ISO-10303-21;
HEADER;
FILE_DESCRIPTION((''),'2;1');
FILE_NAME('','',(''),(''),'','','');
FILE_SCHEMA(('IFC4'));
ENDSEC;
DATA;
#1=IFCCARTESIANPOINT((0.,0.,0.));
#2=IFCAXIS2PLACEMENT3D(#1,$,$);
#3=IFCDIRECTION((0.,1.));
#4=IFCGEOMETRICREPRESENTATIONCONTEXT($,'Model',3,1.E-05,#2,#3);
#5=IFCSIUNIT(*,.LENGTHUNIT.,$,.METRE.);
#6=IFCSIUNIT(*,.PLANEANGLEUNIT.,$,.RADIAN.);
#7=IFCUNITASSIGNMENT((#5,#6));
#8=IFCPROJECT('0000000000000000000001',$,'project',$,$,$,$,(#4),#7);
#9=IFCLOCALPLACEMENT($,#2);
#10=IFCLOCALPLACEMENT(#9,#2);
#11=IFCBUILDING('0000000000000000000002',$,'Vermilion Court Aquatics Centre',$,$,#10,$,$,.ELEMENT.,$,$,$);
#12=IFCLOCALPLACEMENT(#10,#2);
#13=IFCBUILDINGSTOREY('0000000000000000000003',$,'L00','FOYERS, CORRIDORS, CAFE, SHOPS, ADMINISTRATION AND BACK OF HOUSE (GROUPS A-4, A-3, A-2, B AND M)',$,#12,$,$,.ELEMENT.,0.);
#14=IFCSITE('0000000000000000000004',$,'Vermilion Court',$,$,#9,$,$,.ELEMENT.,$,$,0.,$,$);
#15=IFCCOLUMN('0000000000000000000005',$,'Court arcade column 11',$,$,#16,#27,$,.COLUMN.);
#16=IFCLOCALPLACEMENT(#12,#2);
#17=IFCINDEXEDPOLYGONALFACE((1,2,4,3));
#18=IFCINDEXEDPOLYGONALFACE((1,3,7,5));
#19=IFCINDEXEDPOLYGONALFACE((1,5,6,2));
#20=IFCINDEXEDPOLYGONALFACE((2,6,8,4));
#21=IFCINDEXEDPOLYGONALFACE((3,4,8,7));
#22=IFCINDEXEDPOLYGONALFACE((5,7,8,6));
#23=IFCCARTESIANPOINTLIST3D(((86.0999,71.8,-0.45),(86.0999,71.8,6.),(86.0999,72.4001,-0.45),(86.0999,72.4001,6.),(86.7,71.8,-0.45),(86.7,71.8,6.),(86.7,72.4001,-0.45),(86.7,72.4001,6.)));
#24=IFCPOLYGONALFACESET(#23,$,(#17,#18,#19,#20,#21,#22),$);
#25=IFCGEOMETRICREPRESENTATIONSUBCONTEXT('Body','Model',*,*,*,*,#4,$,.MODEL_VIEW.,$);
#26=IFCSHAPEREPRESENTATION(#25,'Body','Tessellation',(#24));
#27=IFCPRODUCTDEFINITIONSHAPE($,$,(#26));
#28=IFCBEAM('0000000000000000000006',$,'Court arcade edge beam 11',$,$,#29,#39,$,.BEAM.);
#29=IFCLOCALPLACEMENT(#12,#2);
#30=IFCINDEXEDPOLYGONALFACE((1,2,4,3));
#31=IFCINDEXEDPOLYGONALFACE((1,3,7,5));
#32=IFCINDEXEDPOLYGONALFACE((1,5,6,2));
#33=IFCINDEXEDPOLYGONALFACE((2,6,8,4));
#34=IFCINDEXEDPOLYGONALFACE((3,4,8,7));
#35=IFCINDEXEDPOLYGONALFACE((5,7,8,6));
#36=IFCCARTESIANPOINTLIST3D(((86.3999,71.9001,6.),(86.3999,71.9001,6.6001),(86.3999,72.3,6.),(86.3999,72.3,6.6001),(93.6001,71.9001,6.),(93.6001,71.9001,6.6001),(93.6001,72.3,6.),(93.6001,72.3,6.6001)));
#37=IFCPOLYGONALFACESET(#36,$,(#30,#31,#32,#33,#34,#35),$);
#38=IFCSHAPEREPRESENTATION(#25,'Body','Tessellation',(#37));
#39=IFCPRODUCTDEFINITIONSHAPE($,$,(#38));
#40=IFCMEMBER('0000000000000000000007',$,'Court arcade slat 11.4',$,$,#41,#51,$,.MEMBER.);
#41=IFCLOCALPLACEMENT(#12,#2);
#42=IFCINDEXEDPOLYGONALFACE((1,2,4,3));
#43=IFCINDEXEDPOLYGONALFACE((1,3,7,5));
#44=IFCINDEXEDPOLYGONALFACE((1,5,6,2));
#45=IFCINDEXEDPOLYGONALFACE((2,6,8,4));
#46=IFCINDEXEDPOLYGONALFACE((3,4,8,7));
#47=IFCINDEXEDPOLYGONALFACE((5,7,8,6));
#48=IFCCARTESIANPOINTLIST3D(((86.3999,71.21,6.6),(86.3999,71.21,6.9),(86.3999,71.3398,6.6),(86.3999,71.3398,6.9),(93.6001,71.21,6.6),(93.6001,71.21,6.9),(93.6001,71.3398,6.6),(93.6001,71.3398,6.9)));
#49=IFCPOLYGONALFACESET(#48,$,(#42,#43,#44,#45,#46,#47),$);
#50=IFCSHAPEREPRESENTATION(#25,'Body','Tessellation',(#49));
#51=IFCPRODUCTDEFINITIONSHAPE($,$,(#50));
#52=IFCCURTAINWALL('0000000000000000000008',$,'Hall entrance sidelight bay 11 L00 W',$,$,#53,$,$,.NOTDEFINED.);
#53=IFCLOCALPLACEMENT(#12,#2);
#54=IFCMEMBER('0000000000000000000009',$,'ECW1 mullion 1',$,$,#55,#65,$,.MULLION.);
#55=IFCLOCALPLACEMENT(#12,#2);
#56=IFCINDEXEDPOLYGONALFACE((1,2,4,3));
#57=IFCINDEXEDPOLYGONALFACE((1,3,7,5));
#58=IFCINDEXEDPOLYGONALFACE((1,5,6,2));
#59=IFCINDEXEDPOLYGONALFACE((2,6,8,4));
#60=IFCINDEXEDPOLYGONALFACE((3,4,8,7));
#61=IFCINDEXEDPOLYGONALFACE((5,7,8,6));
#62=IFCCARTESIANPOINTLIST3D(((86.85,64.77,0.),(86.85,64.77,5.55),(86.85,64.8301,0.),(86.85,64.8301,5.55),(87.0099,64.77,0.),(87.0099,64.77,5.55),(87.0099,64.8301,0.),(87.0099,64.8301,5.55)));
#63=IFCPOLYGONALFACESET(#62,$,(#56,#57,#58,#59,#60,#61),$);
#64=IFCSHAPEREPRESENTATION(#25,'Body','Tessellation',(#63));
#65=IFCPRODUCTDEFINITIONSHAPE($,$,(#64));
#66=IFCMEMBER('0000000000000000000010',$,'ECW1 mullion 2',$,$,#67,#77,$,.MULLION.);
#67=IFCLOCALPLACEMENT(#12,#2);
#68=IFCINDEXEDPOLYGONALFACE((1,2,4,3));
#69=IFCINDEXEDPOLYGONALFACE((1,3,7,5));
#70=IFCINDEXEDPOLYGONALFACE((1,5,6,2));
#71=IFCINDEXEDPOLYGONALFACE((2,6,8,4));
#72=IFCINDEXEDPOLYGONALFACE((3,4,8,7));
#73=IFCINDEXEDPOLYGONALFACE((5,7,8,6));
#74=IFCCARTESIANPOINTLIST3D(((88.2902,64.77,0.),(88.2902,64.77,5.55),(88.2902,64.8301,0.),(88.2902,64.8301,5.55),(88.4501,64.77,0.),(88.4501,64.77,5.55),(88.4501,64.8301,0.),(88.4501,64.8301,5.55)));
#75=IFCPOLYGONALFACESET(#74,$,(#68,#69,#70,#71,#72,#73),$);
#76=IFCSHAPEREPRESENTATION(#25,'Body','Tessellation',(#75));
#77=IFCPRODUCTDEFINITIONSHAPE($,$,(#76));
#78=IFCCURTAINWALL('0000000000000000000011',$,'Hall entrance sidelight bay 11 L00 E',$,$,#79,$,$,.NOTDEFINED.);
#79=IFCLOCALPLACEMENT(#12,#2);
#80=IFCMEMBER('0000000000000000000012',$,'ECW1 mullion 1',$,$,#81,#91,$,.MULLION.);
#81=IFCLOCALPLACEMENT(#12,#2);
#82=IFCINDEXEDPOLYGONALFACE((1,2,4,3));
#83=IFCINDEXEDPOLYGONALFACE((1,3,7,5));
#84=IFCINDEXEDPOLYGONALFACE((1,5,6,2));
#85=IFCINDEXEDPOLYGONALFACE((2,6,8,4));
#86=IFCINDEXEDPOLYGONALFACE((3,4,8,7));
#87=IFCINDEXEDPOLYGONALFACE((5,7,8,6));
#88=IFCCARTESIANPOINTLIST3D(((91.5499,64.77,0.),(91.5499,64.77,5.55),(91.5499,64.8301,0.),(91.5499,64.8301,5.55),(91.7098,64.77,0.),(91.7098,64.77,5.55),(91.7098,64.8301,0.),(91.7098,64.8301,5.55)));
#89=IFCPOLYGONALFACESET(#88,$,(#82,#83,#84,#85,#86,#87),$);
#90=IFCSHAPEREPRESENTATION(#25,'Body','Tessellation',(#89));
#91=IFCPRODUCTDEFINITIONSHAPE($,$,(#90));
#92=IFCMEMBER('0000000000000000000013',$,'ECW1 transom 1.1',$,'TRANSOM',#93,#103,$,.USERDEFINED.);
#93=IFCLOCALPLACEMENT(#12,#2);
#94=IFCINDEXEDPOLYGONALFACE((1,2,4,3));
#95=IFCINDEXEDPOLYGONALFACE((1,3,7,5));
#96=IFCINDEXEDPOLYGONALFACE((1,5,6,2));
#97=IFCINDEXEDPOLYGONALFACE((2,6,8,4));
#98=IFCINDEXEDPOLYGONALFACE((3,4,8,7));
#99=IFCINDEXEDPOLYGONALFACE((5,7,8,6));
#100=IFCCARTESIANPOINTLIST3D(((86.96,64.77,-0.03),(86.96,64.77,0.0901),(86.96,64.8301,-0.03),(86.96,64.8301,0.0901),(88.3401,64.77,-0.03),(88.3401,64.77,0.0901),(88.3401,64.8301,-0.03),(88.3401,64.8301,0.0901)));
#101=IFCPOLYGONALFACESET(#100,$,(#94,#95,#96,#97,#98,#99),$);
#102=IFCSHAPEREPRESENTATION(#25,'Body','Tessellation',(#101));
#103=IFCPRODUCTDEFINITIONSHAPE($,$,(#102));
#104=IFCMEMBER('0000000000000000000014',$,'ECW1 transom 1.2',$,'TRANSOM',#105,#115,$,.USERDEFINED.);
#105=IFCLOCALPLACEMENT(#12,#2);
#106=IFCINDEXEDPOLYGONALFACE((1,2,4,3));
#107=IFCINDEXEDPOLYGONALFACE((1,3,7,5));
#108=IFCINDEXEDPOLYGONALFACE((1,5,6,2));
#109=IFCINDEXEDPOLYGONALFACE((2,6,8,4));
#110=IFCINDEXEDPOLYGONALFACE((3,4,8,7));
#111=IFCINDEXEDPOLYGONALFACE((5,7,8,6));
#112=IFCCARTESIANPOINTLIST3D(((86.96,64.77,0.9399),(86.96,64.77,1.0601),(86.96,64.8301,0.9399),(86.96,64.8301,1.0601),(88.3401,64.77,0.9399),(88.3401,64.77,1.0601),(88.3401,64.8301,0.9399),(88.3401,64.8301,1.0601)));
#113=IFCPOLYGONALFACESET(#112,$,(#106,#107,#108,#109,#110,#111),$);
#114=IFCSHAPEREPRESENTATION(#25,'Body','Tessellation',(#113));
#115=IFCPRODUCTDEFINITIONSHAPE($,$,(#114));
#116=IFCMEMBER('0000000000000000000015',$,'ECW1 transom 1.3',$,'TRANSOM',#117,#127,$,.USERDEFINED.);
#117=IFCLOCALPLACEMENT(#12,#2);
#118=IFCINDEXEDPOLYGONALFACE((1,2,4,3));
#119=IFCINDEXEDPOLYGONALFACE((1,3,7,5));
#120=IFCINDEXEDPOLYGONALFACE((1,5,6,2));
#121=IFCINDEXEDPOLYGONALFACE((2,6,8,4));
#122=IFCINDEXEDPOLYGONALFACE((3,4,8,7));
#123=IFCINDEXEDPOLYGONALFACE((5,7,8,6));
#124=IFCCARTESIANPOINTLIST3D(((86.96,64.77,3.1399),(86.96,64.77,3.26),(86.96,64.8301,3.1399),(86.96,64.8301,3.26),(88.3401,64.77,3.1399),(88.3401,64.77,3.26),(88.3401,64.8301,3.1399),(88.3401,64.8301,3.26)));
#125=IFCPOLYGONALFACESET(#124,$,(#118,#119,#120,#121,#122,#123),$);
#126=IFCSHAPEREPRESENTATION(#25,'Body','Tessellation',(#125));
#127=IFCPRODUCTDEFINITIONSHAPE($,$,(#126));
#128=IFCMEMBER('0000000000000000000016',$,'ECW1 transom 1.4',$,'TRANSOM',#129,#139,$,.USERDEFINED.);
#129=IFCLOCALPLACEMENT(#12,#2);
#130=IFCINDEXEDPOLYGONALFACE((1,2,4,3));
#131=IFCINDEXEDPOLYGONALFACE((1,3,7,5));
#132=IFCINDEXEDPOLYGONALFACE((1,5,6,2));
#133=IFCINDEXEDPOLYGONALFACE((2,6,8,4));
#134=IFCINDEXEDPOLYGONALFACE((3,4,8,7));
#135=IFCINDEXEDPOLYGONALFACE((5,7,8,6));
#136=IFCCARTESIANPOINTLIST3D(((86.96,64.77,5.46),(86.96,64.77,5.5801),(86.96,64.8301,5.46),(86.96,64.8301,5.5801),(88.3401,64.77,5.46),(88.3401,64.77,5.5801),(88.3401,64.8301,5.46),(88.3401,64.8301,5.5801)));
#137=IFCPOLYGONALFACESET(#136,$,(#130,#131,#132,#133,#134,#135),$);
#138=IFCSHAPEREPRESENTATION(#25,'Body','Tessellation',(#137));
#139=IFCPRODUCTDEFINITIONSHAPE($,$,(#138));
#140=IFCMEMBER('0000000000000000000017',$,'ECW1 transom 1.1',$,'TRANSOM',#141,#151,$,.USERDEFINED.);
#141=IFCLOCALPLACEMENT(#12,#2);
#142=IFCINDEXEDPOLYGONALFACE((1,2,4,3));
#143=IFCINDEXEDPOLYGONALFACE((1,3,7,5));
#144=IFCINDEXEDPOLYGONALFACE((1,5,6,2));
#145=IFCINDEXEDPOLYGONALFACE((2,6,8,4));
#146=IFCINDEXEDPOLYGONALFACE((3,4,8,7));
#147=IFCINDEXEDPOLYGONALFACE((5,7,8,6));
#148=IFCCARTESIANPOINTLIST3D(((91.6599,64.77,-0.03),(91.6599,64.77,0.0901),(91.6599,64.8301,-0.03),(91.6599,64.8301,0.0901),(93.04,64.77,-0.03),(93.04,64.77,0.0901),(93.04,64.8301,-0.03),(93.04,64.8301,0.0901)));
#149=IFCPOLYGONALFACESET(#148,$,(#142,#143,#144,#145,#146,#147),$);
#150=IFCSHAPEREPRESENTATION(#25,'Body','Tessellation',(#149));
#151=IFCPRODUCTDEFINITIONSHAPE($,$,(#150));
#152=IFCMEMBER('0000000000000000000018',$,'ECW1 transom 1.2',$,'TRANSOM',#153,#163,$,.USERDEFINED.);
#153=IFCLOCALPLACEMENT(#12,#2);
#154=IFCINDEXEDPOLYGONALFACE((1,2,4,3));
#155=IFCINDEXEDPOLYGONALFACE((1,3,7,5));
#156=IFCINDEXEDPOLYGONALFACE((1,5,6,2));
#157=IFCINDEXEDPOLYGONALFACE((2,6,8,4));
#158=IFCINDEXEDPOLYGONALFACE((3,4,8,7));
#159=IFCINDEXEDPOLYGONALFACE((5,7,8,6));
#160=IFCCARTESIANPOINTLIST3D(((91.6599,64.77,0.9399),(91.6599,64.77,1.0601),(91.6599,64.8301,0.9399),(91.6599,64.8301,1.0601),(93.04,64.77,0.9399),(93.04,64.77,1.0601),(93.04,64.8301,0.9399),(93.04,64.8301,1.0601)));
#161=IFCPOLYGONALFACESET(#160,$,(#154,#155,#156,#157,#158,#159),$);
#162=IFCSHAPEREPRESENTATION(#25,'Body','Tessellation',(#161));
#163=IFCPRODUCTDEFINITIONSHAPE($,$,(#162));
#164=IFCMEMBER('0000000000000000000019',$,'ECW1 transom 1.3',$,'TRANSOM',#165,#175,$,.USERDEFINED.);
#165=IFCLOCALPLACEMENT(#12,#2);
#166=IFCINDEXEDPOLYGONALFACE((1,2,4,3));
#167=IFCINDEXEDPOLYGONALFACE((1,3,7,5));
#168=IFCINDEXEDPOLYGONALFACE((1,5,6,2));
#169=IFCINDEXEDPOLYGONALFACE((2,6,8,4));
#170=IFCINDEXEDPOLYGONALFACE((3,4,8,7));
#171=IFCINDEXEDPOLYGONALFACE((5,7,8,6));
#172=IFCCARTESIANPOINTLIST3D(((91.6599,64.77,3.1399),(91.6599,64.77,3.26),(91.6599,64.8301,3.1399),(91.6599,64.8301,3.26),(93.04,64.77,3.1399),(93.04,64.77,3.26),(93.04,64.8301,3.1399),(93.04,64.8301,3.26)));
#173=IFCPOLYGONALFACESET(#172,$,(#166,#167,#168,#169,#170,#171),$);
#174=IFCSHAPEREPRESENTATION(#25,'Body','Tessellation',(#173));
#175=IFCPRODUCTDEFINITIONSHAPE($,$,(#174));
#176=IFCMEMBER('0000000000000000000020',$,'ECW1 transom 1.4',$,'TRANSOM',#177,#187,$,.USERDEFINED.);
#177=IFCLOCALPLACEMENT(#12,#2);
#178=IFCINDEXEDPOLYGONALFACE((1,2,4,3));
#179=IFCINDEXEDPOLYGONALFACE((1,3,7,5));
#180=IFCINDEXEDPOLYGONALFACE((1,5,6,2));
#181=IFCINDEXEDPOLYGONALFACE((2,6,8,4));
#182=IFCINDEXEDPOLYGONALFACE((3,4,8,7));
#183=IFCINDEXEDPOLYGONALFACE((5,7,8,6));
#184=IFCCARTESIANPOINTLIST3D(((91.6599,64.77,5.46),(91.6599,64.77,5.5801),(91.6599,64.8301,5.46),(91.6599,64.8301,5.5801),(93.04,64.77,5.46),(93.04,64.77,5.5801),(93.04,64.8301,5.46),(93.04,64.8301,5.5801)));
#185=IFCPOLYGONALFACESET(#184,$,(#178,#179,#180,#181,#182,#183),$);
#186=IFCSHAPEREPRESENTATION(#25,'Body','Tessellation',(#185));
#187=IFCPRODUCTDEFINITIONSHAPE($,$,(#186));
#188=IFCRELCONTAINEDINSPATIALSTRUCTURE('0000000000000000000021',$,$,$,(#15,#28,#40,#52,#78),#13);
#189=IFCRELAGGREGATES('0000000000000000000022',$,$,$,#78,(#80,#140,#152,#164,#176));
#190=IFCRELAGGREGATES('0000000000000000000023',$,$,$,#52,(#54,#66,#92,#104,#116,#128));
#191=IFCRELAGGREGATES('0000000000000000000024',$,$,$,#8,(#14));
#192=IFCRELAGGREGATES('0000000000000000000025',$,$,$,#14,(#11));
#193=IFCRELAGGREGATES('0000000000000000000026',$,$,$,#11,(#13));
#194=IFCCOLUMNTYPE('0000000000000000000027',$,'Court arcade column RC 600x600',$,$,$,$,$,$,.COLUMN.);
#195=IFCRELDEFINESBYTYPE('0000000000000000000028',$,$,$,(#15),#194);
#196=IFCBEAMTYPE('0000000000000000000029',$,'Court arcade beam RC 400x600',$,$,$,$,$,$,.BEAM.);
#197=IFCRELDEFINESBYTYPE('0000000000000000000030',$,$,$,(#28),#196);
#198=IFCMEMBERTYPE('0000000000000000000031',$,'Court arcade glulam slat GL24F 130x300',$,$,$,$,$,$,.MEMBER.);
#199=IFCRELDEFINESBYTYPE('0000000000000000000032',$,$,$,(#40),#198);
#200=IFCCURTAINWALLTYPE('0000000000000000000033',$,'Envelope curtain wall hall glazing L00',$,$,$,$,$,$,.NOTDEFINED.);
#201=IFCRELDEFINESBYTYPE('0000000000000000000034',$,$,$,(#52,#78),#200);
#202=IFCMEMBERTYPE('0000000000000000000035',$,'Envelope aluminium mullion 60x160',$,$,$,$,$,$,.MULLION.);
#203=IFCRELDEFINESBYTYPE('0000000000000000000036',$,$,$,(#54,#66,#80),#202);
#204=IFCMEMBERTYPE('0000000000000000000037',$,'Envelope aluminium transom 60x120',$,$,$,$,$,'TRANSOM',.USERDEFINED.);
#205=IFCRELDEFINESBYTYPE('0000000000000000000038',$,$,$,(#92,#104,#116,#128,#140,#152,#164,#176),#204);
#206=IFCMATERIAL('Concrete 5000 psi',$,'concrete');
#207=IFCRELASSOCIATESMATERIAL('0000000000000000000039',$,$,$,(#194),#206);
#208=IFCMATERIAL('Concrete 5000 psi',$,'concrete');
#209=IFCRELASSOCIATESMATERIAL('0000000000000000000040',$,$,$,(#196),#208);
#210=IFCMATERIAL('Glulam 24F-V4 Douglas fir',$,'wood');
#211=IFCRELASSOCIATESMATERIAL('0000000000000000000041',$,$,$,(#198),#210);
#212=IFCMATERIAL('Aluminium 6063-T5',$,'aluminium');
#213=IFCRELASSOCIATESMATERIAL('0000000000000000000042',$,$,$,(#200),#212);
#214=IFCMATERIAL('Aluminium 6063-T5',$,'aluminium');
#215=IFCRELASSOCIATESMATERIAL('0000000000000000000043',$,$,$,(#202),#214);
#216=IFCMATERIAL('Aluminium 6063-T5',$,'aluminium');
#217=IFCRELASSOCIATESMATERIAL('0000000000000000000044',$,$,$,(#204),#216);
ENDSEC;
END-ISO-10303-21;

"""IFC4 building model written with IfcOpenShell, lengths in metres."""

from ifc_helpers import new_model, si_unit, direction, frame, origin, origin_2d, place, context, subcontext, project, spatial, rectangle, extrude, material, material_profile, profile_set, type_object, element, aggregate, save


model = new_model("IFC4")

# Units and contexts
model_context = context("Model", 3, precision=1e-05, world=origin(), true_north=direction((0.0, 1.0)))
body_context = subcontext(model_context, "Body", "Model", "MODEL_VIEW")
ifc_project = project(units=[si_unit("LENGTHUNIT", "METRE"), si_unit("PLANEANGLEUNIT", "RADIAN")], contexts=[model_context])

# Site, building, storey
site_placement = place(None, origin())
site = spatial("IfcSite", under=ifc_project, at=site_placement, Name="Vermilion Court", CompositionType="ELEMENT", RefElevation=0.0)
building_placement = place(site_placement, origin())
building = spatial("IfcBuilding", under=site, at=building_placement, Name="Vermilion Court Aquatics Centre", CompositionType="ELEMENT")
storey_placement = place(building_placement, origin())
storey = spatial("IfcBuildingStorey", under=building, at=storey_placement, Name="L00", Description="FOYERS, CORRIDORS, CAFE, SHOPS, ADMINISTRATION AND BACK OF HOUSE (GROUPS A-4, A-3, A-2, B AND M)", CompositionType="ELEMENT", Elevation=0.0)

# Column
ifc_material_1 = material(Name="Concrete 5000 psi", Category="concrete")
ifc_material_profile_1 = material_profile(ifc_material_1, rectangle(XDim=0.6001, YDim=0.6001, at=origin_2d()), Name="RC 600x600")
ifc_profile_set_1 = profile_set([ifc_material_profile_1], Name="Concrete 5000 psi")
column_type = type_object("IfcColumnType", Name="Court arcade column RC 600x600", PredefinedType="COLUMN", material=ifc_profile_set_1)
column_placement = place(storey_placement, frame((86.3999, 72.1001, -0.45), z_axis=(0.0, 0.0, 1.0), x_axis=(1.0, 0.0, 0.0)))
element("IfcColumn", 1, at=column_placement, inside=storey, type_object=column_type, Name="Court arcade column 11", PredefinedType="COLUMN", context=body_context, shape_type="SweptSolid", body=[
    extrude(rectangle(XDim=0.6001, YDim=0.6001, at=origin_2d()), origin(), (0.0, 0.0, 1.0), 6.45),
])

# Beam
ifc_material_2 = material(Name="Concrete 5000 psi", Category="concrete")
ifc_material_profile_2 = material_profile(ifc_material_2, rectangle(XDim=0.3999, YDim=0.6001, at=origin_2d()), Name="RC 400x600")
ifc_profile_set_2 = profile_set([ifc_material_profile_2], Name="Concrete 5000 psi")
beam_type_1 = type_object("IfcBeamType", Name="Court arcade beam RC 400x600", PredefinedType="BEAM", material=ifc_profile_set_2)
beam_1_placement = place(storey_placement, frame((86.3999, 72.1001, 6.3), z_axis=(1.0, 0.0, 0.0), x_axis=(0.0, 1.0, 0.0)))
element("IfcBeam", 2, at=beam_1_placement, inside=storey, type_object=beam_type_1, Name="Court arcade edge beam 11", PredefinedType="BEAM", context=body_context, shape_type="SweptSolid", body=[
    extrude(rectangle(XDim=0.3999, YDim=0.6001, at=origin_2d()), origin(), (0.0, 0.0, 1.0), 7.2002),
])

# Member
ifc_material_3 = material(Name="Glulam 24F-V4 Douglas fir", Category="wood")
ifc_material_profile_3 = material_profile(ifc_material_3, rectangle(XDim=0.1299, YDim=0.3, at=origin_2d()), Name="GL24F 130x300")
ifc_profile_set_3 = profile_set([ifc_material_profile_3], Name="Glulam 24F-V4 Douglas fir")
member_type_1 = type_object("IfcMemberType", Name="Court arcade glulam slat GL24F 130x300", PredefinedType="MEMBER", material=ifc_profile_set_3)
member_1_placement = place(storey_placement, frame((86.3999, 71.2749, 6.75), z_axis=(1.0, 0.0, 0.0), x_axis=(0.0, 1.0, 0.0)))
element("IfcMember", 3, at=member_1_placement, inside=storey, type_object=member_type_1, Name="Court arcade slat 11.4", PredefinedType="MEMBER", context=body_context, shape_type="SweptSolid", body=[
    extrude(rectangle(XDim=0.1299, YDim=0.3, at=origin_2d()), origin(), (0.0, 0.0, 1.0), 7.2002),
])

# Curtain wall, members
ifc_material_4 = material(Name="Aluminium 6063-T5", Category="aluminium")
curtain_wall_type = type_object("IfcCurtainWallType", Name="Envelope curtain wall hall glazing L00", PredefinedType="NOTDEFINED", material=ifc_material_4)
curtain_wall_1_placement = place(storey_placement, origin())
curtain_wall_1 = element("IfcCurtainWall", 4, at=curtain_wall_1_placement, inside=storey, type_object=curtain_wall_type, Name="Hall entrance sidelight bay 11 L00 W", PredefinedType="NOTDEFINED")
ifc_material_5 = material(Name="Aluminium 6063-T5", Category="aluminium")
ifc_material_profile_4 = material_profile(ifc_material_5, rectangle(XDim=0.0601, YDim=0.1599, at=origin_2d()), Name="AL 60x160")
ifc_profile_set_4 = profile_set([ifc_material_profile_4], Name="Aluminium 6063-T5")
member_type_2 = type_object("IfcMemberType", Name="Envelope aluminium mullion 60x160", PredefinedType="MULLION", material=ifc_profile_set_4)
member_2_placement = place(storey_placement, frame((86.9299, 64.8, 0.0), z_axis=(0.0, 0.0, 1.0), x_axis=(0.0, 1.0, 0.0)))
member_2 = element("IfcMember", 5, at=member_2_placement, type_object=member_type_2, Name="ECW1 mullion 1", PredefinedType="MULLION", context=body_context, shape_type="SweptSolid", body=[
    extrude(rectangle(XDim=0.0601, YDim=0.1599, at=origin_2d()), origin(), (0.0, 0.0, 1.0), 5.55),
])
member_3_placement = place(storey_placement, frame((88.3701, 64.8, 0.0), z_axis=(0.0, 0.0, 1.0), x_axis=(0.0, 1.0, 0.0)))
member_3 = element("IfcMember", 6, at=member_3_placement, type_object=member_type_2, Name="ECW1 mullion 2", PredefinedType="MULLION", context=body_context, shape_type="SweptSolid", body=[
    extrude(rectangle(XDim=0.0601, YDim=0.1599, at=origin_2d()), origin(), (0.0, 0.0, 1.0), 5.55),
])

# Curtain wall, member
curtain_wall_2_placement = place(storey_placement, origin())
curtain_wall_2 = element("IfcCurtainWall", 7, at=curtain_wall_2_placement, inside=storey, type_object=curtain_wall_type, Name="Hall entrance sidelight bay 11 L00 E", PredefinedType="NOTDEFINED")
member_4_placement = place(storey_placement, frame((91.6299, 64.8, 0.0), z_axis=(0.0, 0.0, 1.0), x_axis=(0.0, 1.0, 0.0)))
member_4 = element("IfcMember", 8, at=member_4_placement, type_object=member_type_2, Name="ECW1 mullion 1", PredefinedType="MULLION", context=body_context, shape_type="SweptSolid", body=[
    extrude(rectangle(XDim=0.0601, YDim=0.1599, at=origin_2d()), origin(), (0.0, 0.0, 1.0), 5.55),
])

# Members
ifc_material_6 = material(Name="Aluminium 6063-T5", Category="aluminium")
ifc_material_profile_5 = material_profile(ifc_material_6, rectangle(XDim=0.0601, YDim=0.1201, at=origin_2d()), Name="AL 60x120")
ifc_profile_set_5 = profile_set([ifc_material_profile_5], Name="Aluminium 6063-T5")
member_type_3 = type_object("IfcMemberType", Name="Envelope aluminium transom 60x120", ElementType="TRANSOM", PredefinedType="USERDEFINED", material=ifc_profile_set_5)
member_5_placement = place(storey_placement, frame((86.96, 64.8, 0.03), z_axis=(1.0, 0.0, 0.0), x_axis=(0.0, 1.0, 0.0)))
member_5 = element("IfcMember", 9, at=member_5_placement, type_object=member_type_3, Name="ECW1 transom 1.1", ObjectType="TRANSOM", PredefinedType="USERDEFINED", context=body_context, shape_type="SweptSolid", body=[
    extrude(rectangle(XDim=0.0601, YDim=0.1201, at=origin_2d()), origin(), (0.0, 0.0, 1.0), 1.3801),
])
member_6_placement = place(storey_placement, frame((86.96, 64.8, 1.0), z_axis=(1.0, 0.0, 0.0), x_axis=(0.0, 1.0, 0.0)))
member_6 = element("IfcMember", 10, at=member_6_placement, type_object=member_type_3, Name="ECW1 transom 1.2", ObjectType="TRANSOM", PredefinedType="USERDEFINED", context=body_context, shape_type="SweptSolid", body=[
    extrude(rectangle(XDim=0.0601, YDim=0.1201, at=origin_2d()), origin(), (0.0, 0.0, 1.0), 1.3801),
])
member_7_placement = place(storey_placement, frame((86.96, 64.8, 3.2), z_axis=(1.0, 0.0, 0.0), x_axis=(0.0, 1.0, 0.0)))
member_7 = element("IfcMember", 11, at=member_7_placement, type_object=member_type_3, Name="ECW1 transom 1.3", ObjectType="TRANSOM", PredefinedType="USERDEFINED", context=body_context, shape_type="SweptSolid", body=[
    extrude(rectangle(XDim=0.0601, YDim=0.1201, at=origin_2d()), origin(), (0.0, 0.0, 1.0), 1.3801),
])
member_8_placement = place(storey_placement, frame((86.96, 64.8, 5.52), z_axis=(1.0, 0.0, 0.0), x_axis=(0.0, 1.0, 0.0)))
member_8 = element("IfcMember", 12, at=member_8_placement, type_object=member_type_3, Name="ECW1 transom 1.4", ObjectType="TRANSOM", PredefinedType="USERDEFINED", context=body_context, shape_type="SweptSolid", body=[
    extrude(rectangle(XDim=0.0601, YDim=0.1201, at=origin_2d()), origin(), (0.0, 0.0, 1.0), 1.3801),
])
member_9_placement = place(storey_placement, frame((91.6599, 64.8, 0.03), z_axis=(1.0, 0.0, 0.0), x_axis=(0.0, 1.0, 0.0)))
member_9 = element("IfcMember", 13, at=member_9_placement, type_object=member_type_3, Name="ECW1 transom 1.1", ObjectType="TRANSOM", PredefinedType="USERDEFINED", context=body_context, shape_type="SweptSolid", body=[
    extrude(rectangle(XDim=0.0601, YDim=0.1201, at=origin_2d()), origin(), (0.0, 0.0, 1.0), 1.3801),
])
member_10_placement = place(storey_placement, frame((91.6599, 64.8, 1.0), z_axis=(1.0, 0.0, 0.0), x_axis=(0.0, 1.0, 0.0)))
member_10 = element("IfcMember", 14, at=member_10_placement, type_object=member_type_3, Name="ECW1 transom 1.2", ObjectType="TRANSOM", PredefinedType="USERDEFINED", context=body_context, shape_type="SweptSolid", body=[
    extrude(rectangle(XDim=0.0601, YDim=0.1201, at=origin_2d()), origin(), (0.0, 0.0, 1.0), 1.3801),
])
member_11_placement = place(storey_placement, frame((91.6599, 64.8, 3.2), z_axis=(1.0, 0.0, 0.0), x_axis=(0.0, 1.0, 0.0)))
member_11 = element("IfcMember", 15, at=member_11_placement, type_object=member_type_3, Name="ECW1 transom 1.3", ObjectType="TRANSOM", PredefinedType="USERDEFINED", context=body_context, shape_type="SweptSolid", body=[
    extrude(rectangle(XDim=0.0601, YDim=0.1201, at=origin_2d()), origin(), (0.0, 0.0, 1.0), 1.3801),
])
member_12_placement = place(storey_placement, frame((91.6599, 64.8, 5.52), z_axis=(1.0, 0.0, 0.0), x_axis=(0.0, 1.0, 0.0)))
member_12 = element("IfcMember", 16, at=member_12_placement, type_object=member_type_3, Name="ECW1 transom 1.4", ObjectType="TRANSOM", PredefinedType="USERDEFINED", context=body_context, shape_type="SweptSolid", body=[
    extrude(rectangle(XDim=0.0601, YDim=0.1201, at=origin_2d()), origin(), (0.0, 0.0, 1.0), 1.3801),
])
aggregate(curtain_wall_2, [member_4, member_9, member_10, member_11, member_12])

aggregate(curtain_wall_1, [member_2, member_3, member_5, member_6, member_7, member_8])

save(model, "model.ifc")
